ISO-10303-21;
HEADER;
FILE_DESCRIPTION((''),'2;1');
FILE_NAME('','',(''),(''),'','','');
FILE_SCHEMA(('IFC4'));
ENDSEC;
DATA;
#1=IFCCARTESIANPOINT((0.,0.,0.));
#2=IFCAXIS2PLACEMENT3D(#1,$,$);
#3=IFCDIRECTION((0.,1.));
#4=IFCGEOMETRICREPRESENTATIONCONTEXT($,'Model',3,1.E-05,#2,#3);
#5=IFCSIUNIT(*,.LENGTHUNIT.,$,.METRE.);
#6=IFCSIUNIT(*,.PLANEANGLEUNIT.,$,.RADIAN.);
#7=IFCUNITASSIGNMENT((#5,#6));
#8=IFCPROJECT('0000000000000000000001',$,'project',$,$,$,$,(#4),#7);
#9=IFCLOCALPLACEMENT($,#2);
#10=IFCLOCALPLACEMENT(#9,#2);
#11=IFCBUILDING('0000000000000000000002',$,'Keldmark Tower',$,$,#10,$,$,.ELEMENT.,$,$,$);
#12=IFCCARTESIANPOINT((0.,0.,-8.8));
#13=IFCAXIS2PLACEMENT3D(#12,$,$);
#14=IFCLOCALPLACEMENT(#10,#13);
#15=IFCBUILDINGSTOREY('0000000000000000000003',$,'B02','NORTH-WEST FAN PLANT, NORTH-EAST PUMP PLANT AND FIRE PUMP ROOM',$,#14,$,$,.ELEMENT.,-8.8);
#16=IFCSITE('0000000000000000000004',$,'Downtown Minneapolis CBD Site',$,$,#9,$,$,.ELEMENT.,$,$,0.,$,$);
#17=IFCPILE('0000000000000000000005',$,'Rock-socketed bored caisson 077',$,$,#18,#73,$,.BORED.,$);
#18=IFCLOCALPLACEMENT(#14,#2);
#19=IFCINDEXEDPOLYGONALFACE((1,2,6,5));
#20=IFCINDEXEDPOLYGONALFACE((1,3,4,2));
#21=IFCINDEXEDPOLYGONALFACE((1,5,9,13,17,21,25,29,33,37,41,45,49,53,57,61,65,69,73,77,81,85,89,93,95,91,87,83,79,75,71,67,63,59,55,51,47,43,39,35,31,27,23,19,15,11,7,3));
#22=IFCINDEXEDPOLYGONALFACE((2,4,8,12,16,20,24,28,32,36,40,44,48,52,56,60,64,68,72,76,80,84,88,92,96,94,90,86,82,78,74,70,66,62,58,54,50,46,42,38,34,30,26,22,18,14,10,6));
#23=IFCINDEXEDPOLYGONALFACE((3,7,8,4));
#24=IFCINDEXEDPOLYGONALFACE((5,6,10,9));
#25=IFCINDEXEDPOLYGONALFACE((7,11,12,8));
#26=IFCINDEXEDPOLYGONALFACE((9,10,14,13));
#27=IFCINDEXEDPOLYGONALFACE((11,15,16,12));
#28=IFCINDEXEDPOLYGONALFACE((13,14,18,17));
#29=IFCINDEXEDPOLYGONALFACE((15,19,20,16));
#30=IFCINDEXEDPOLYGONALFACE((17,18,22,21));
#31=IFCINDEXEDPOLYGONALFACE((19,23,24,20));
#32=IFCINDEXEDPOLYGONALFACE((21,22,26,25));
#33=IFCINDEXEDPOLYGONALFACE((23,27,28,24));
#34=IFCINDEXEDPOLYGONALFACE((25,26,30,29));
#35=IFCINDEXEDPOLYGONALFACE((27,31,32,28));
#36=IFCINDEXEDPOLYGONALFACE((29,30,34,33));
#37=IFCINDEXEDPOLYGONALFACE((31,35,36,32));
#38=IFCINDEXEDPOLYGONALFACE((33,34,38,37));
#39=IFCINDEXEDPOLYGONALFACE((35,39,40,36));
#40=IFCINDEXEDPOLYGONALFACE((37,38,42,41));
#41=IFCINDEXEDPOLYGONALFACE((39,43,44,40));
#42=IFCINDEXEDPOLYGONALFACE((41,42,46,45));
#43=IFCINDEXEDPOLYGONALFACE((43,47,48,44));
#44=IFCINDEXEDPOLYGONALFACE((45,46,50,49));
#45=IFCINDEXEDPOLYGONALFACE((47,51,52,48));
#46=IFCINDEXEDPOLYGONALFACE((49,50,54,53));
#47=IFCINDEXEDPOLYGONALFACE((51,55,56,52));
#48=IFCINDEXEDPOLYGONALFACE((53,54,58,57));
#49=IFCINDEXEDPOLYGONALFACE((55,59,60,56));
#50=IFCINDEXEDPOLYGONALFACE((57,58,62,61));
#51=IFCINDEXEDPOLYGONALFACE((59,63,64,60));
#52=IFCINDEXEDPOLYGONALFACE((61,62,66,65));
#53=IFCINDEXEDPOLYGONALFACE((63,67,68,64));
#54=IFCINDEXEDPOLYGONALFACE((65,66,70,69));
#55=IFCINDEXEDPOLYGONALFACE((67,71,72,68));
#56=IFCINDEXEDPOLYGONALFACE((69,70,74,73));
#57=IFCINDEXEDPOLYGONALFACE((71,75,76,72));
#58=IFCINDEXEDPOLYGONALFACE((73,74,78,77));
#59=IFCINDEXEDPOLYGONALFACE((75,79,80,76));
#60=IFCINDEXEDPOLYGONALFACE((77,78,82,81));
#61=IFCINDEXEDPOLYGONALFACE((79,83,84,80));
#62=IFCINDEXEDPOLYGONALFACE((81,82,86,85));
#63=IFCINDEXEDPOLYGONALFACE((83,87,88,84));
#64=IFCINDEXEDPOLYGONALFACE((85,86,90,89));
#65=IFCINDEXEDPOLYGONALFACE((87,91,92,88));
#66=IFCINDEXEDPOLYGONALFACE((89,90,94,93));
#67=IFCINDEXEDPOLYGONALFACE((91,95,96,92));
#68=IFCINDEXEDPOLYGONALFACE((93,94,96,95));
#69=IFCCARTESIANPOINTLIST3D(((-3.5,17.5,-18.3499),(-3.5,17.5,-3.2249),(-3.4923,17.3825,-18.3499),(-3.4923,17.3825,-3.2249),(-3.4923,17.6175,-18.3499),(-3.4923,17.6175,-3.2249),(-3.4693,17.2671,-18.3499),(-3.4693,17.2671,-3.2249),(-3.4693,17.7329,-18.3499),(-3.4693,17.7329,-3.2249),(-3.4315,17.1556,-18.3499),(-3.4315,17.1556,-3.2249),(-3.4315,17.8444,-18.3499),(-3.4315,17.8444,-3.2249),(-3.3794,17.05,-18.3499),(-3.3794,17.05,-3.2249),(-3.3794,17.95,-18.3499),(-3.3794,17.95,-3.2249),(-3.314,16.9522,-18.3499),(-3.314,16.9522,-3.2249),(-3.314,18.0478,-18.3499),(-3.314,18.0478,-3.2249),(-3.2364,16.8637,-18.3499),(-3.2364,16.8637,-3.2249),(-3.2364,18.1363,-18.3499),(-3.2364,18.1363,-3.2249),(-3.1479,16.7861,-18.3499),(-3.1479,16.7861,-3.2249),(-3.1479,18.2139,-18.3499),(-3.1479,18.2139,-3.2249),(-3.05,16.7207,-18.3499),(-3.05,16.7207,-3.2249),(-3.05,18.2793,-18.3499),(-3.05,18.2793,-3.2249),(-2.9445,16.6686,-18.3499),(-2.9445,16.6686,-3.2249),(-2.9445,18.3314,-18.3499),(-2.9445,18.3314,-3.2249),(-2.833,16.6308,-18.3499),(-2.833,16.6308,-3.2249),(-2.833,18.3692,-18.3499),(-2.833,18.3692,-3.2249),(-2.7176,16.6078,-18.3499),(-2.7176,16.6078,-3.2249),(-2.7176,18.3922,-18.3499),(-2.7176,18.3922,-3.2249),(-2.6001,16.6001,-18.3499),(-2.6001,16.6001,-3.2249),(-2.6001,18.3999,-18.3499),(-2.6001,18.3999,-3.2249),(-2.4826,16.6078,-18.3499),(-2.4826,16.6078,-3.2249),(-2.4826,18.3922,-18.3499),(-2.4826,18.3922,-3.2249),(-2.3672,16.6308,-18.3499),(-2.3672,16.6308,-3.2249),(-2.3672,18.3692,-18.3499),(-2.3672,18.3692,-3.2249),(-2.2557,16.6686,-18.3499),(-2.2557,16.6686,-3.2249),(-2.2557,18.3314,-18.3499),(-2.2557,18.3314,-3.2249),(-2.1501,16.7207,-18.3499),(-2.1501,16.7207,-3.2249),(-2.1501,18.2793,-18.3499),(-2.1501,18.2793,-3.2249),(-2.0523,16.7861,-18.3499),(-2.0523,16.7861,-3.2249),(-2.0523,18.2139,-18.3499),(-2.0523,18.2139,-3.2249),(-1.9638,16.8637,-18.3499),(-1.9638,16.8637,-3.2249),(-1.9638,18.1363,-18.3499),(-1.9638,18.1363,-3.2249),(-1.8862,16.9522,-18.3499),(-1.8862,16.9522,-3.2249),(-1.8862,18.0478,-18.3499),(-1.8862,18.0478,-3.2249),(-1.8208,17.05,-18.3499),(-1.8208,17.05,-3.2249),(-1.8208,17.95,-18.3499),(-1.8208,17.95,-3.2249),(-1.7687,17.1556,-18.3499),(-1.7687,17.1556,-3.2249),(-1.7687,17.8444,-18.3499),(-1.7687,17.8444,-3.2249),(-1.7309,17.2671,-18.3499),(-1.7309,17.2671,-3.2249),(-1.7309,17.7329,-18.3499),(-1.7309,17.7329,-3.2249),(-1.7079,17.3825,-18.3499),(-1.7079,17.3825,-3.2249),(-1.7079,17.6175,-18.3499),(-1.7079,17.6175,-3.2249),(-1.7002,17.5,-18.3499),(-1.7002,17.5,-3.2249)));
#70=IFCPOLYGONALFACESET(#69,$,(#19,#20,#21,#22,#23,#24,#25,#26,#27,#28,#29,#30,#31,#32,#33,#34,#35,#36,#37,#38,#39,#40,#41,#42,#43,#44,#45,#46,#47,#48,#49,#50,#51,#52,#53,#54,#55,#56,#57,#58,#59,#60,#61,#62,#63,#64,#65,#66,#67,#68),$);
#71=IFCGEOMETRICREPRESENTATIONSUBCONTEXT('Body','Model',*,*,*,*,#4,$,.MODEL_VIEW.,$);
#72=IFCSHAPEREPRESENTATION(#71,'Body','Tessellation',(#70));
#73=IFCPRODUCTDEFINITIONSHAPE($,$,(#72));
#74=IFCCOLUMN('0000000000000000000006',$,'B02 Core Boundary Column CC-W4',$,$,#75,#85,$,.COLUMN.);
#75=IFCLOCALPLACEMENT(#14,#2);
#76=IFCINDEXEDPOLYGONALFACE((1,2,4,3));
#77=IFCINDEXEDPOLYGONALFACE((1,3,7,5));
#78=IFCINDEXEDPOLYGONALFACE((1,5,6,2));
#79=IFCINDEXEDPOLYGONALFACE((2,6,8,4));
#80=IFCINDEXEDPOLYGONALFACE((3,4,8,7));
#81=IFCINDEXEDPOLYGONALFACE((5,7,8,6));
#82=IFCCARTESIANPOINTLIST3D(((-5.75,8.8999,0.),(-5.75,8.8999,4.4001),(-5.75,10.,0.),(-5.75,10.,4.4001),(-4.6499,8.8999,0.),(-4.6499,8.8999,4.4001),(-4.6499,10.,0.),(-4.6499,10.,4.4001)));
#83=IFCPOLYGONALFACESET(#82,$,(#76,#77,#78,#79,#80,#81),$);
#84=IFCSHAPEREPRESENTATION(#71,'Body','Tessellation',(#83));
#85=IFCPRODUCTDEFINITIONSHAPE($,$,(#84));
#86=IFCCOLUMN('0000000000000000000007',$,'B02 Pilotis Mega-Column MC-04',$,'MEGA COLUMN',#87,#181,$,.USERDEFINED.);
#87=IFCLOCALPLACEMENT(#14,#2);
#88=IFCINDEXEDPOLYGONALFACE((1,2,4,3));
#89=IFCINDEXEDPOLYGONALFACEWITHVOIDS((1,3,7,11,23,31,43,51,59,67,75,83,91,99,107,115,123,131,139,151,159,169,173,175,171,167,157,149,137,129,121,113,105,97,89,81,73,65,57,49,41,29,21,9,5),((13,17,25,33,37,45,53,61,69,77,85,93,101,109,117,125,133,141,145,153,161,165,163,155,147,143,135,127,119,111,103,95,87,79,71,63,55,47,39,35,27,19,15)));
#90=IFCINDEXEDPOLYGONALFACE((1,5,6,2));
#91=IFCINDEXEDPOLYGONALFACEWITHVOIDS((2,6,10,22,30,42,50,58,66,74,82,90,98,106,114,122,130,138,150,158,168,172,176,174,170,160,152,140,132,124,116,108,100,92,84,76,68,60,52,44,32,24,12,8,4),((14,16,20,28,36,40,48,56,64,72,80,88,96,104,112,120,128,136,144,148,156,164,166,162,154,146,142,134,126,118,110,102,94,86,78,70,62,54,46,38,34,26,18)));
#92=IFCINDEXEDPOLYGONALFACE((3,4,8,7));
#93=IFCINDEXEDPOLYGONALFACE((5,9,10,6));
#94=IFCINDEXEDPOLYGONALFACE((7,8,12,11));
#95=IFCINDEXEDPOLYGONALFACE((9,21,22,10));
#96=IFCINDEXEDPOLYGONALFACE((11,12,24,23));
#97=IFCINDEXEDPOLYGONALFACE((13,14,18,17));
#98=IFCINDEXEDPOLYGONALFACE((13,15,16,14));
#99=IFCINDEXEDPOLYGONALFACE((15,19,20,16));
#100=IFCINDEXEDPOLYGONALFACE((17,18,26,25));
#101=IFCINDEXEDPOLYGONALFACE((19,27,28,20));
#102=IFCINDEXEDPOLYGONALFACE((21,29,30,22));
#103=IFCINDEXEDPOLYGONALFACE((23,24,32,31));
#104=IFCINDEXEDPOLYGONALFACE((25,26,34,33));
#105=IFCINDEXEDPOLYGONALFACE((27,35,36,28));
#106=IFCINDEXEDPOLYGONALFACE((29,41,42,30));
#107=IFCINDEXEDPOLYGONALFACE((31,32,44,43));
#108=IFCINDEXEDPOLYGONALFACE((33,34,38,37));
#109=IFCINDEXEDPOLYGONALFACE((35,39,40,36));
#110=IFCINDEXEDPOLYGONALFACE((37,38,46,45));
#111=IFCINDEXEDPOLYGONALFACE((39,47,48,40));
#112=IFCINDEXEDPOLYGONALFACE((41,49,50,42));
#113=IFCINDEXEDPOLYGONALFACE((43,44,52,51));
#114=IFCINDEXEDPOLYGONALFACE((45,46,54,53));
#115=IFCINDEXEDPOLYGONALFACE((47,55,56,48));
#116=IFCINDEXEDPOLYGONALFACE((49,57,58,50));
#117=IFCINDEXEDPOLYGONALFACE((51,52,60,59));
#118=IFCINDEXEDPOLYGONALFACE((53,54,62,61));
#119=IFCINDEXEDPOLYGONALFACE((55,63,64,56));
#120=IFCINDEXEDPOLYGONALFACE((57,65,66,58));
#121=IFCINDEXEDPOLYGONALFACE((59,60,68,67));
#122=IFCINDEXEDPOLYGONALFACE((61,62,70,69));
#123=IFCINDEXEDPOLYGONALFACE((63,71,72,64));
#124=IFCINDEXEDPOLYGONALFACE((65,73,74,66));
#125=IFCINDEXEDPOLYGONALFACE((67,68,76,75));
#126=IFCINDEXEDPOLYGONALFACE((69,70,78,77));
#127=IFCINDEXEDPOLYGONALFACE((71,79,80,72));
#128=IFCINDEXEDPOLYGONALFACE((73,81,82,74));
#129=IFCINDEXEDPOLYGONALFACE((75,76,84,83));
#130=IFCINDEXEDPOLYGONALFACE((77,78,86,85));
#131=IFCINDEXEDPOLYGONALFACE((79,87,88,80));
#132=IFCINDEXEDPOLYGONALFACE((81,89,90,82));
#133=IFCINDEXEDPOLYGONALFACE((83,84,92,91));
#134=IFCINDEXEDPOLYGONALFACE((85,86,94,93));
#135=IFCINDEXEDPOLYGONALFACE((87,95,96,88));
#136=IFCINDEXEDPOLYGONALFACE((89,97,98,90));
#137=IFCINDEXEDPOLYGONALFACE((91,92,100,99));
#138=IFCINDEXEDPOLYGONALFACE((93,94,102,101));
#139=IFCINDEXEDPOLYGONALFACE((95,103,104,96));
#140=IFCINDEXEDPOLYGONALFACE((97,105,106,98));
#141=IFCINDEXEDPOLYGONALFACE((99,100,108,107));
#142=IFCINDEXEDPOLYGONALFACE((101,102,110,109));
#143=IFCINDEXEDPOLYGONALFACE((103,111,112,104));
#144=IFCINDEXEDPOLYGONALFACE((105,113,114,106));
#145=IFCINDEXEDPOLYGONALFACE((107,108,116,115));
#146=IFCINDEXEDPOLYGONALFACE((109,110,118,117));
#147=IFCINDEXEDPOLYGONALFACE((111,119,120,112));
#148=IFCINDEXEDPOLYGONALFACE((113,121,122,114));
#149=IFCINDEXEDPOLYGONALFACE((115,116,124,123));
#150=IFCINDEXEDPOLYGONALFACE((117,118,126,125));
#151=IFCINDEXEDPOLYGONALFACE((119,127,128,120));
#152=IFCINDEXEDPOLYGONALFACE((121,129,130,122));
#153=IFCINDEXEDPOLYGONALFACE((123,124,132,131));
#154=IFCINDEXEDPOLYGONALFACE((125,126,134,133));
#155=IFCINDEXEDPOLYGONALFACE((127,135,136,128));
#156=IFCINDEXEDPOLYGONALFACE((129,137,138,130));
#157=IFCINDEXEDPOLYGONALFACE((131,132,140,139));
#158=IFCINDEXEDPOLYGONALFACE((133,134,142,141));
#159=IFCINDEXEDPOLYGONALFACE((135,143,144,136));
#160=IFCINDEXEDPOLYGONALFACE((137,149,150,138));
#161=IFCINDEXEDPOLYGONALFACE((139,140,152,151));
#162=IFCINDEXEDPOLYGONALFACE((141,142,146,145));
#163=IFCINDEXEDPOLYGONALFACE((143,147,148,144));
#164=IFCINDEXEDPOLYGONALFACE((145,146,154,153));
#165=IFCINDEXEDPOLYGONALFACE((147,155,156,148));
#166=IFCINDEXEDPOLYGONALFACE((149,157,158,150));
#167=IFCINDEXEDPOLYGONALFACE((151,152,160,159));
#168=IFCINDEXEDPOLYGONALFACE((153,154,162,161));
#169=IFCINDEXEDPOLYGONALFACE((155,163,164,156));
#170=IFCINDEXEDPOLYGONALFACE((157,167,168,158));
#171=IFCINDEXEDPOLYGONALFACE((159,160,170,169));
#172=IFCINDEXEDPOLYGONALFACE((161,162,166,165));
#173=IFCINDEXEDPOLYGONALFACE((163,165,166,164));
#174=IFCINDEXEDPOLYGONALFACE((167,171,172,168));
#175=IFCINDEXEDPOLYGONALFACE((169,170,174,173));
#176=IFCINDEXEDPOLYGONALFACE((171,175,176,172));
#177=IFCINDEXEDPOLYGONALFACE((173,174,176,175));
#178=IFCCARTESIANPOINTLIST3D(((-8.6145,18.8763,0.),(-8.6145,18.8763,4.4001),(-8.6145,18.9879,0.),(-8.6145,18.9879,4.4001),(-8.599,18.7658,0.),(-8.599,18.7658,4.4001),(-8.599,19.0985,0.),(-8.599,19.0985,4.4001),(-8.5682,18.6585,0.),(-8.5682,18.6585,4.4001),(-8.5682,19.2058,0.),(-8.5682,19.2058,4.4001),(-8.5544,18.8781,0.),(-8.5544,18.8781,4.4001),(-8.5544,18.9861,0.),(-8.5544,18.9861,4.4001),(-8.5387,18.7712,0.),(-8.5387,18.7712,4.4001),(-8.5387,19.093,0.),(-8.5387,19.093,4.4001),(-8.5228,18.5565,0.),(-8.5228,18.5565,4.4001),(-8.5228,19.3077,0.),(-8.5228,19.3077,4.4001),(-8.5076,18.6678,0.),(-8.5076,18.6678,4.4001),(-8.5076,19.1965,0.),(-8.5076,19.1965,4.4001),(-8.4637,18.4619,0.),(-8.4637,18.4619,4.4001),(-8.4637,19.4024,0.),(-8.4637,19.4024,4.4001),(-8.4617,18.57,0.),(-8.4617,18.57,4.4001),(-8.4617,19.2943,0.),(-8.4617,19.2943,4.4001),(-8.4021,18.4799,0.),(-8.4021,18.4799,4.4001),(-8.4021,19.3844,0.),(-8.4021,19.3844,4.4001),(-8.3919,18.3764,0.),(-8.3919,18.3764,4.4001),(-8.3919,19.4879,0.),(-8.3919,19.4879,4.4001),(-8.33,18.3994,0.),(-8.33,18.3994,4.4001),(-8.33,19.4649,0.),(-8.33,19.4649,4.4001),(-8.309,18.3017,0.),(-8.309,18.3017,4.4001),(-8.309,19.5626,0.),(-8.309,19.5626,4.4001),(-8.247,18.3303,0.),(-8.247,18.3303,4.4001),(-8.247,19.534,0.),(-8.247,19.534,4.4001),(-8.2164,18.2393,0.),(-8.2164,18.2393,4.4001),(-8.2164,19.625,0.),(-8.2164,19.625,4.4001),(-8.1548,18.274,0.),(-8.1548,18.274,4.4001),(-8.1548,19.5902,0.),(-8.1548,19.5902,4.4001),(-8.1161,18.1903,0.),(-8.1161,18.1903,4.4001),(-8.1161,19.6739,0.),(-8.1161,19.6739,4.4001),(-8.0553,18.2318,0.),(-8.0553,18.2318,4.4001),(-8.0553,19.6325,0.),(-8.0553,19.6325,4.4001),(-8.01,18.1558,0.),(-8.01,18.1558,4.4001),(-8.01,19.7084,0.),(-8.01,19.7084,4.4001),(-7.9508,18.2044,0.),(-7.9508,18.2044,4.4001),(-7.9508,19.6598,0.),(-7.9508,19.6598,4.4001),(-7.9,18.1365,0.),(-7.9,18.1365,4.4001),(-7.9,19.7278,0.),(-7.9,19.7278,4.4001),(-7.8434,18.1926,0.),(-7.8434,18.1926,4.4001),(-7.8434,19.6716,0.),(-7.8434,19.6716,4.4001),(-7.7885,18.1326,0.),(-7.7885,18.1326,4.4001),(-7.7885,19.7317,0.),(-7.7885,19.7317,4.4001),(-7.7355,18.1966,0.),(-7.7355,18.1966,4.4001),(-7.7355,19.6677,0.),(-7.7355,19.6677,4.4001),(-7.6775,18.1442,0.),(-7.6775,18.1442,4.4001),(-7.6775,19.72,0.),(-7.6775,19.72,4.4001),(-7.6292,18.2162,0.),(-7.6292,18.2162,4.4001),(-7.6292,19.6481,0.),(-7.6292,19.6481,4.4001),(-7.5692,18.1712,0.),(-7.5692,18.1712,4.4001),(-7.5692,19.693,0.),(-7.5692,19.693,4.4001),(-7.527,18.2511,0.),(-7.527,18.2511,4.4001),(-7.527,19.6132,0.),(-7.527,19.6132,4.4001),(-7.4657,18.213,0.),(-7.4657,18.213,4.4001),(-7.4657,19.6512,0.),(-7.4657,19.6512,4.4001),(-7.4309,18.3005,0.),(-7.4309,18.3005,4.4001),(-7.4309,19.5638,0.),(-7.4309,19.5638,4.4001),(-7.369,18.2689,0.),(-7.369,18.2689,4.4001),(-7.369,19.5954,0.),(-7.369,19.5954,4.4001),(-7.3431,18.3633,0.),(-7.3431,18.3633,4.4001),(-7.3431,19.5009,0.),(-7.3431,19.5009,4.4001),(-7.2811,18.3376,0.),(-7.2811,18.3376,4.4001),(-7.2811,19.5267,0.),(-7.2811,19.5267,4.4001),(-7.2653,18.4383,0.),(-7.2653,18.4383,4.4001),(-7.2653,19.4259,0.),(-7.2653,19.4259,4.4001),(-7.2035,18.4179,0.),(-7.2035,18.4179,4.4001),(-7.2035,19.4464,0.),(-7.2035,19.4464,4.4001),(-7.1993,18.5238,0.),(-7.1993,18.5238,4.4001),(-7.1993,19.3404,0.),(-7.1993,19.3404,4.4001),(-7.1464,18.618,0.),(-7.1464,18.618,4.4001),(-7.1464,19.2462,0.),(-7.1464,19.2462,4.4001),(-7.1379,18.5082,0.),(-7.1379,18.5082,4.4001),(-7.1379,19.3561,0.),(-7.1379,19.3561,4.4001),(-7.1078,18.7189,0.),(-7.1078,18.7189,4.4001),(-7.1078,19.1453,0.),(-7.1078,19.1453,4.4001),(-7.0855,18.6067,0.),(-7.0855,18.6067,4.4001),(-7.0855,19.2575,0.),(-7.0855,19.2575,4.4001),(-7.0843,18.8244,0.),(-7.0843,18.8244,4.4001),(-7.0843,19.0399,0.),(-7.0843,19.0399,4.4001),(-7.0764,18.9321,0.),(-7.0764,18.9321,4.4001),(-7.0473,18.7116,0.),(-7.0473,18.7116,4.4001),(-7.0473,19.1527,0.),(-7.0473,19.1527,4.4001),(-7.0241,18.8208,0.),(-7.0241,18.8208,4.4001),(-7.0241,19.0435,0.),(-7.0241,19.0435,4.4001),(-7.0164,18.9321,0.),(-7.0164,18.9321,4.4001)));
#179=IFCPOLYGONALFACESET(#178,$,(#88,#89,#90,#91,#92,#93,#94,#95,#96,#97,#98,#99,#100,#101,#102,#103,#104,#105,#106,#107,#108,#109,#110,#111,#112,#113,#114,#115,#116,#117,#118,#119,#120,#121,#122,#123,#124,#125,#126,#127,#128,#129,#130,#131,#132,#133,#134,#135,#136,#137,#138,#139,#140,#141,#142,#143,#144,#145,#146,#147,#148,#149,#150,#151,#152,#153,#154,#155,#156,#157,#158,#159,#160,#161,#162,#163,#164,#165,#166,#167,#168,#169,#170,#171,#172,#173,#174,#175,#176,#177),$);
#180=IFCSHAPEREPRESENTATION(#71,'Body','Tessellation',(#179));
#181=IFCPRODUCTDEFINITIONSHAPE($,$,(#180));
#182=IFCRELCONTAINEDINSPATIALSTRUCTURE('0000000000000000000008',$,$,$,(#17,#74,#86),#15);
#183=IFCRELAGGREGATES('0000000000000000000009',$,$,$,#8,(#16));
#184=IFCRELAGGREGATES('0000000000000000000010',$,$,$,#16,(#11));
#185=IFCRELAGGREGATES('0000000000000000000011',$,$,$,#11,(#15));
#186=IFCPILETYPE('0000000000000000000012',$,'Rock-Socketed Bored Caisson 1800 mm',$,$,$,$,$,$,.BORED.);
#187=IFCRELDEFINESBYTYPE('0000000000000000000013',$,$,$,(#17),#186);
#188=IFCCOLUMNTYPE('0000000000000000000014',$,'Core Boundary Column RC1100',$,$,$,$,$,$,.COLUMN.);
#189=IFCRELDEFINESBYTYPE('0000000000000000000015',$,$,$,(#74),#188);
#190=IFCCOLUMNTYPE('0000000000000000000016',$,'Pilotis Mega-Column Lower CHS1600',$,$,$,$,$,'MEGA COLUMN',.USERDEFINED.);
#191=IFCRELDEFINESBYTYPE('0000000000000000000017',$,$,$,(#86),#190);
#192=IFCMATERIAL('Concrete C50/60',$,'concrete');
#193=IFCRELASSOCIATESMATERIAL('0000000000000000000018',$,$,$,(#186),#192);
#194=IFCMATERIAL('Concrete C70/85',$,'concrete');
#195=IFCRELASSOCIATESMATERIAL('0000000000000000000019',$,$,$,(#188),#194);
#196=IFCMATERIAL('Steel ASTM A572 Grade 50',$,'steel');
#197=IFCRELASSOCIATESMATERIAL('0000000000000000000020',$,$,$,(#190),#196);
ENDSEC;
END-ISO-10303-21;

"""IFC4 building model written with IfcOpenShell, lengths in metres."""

from ifc_helpers import new_model, si_unit, direction, frame, origin, origin_2d, place, context, subcontext, project, spatial, rectangle, circle, hollow_circle, extrude, material, material_profile, profile_set, type_object, element, save


model = new_model("IFC4")

# Units and contexts
model_context = context("Model", 3, precision=1e-05, world=origin(), true_north=direction((0.0, 1.0)))
body_context = subcontext(model_context, "Body", "Model", "MODEL_VIEW")
ifc_project = project(units=[si_unit("LENGTHUNIT", "METRE"), si_unit("PLANEANGLEUNIT", "RADIAN")], contexts=[model_context])

# Site, building, storey
site_placement = place(None, origin())
site = spatial("IfcSite", under=ifc_project, at=site_placement, Name="Downtown Minneapolis CBD Site", CompositionType="ELEMENT", RefElevation=0.0)
building_placement = place(site_placement, origin())
building = spatial("IfcBuilding", under=site, at=building_placement, Name="Keldmark Tower", CompositionType="ELEMENT")
storey_placement = place(building_placement, frame((0.0, 0.0, -8.8)))
storey = spatial("IfcBuildingStorey", under=building, at=storey_placement, Name="B02", Description="NORTH-WEST FAN PLANT, NORTH-EAST PUMP PLANT AND FIRE PUMP ROOM", CompositionType="ELEMENT", Elevation=-8.8)

# Pile
ifc_material_1 = material(Name="Concrete C50/60", Category="concrete")
ifc_material_profile_1 = material_profile(ifc_material_1, circle(Radius=0.8999, at=origin_2d()), Name="CAISSON1800")
ifc_profile_set_1 = profile_set([ifc_material_profile_1], Name="Concrete C50/60")
pile_type = type_object("IfcPileType", Name="Rock-Socketed Bored Caisson 1800 mm", PredefinedType="BORED", material=ifc_profile_set_1)
for number, where, z_axis, x_axis, name in (
    (1, (-2.6001, 17.5, -3.2249), (0.0, 0.0, -1.0), (1.0, 0.0, 0.0), "Rock-socketed bored caisson 077"),
):
    element("IfcPile", number, at=place(storey_placement, frame(where, z_axis=z_axis, x_axis=x_axis)), inside=storey, type_object=pile_type, Name=name, PredefinedType="BORED", context=body_context, shape_type="SweptSolid", body=[
        extrude(circle(Radius=0.8999, at=origin_2d()), origin(), (0.0, 0.0, 1.0), 15.125),
    ])

# Columns
ifc_material_2 = material(Name="Concrete C70/85", Category="concrete")
ifc_material_profile_2 = material_profile(ifc_material_2, rectangle(XDim=1.1001, YDim=1.1001, at=origin_2d()), Name="RC1100X1100")
ifc_profile_set_2 = profile_set([ifc_material_profile_2], Name="Concrete C70/85")
column_type_1 = type_object("IfcColumnType", Name="Core Boundary Column RC1100", PredefinedType="COLUMN", material=ifc_profile_set_2)
column_1_placement = place(storey_placement, frame((-5.2, 9.45, 0.0), z_axis=(0.0, 0.0, 1.0), x_axis=(1.0, 0.0, 0.0)))
element("IfcColumn", 2, at=column_1_placement, inside=storey, type_object=column_type_1, Name="B02 Core Boundary Column CC-W4", PredefinedType="COLUMN", context=body_context, shape_type="SweptSolid", body=[
    extrude(rectangle(XDim=1.1001, YDim=1.1001, at=origin_2d()), origin(), (0.0, 0.0, 1.0), 4.4001),
])
ifc_material_3 = material(Name="Steel ASTM A572 Grade 50", Category="steel")
ifc_material_profile_3 = material_profile(ifc_material_3, hollow_circle(Radius=0.8, WallThickness=0.0601, at=origin_2d()), Name="CHS1600X60")
ifc_profile_set_3 = profile_set([ifc_material_profile_3], Name="Steel ASTM A572 Grade 50")
column_type_2 = type_object("IfcColumnType", Name="Pilotis Mega-Column Lower CHS1600", ElementType="MEGA COLUMN", PredefinedType="USERDEFINED", material=ifc_profile_set_3)
column_2_placement = place(storey_placement, frame((-7.8164, 18.9321, 0.0), z_axis=(0.0, 0.0, 1.0), x_axis=(1.0, 0.0, 0.0)))
element("IfcColumn", 3, at=column_2_placement, inside=storey, type_object=column_type_2, Name="B02 Pilotis Mega-Column MC-04", ObjectType="MEGA COLUMN", PredefinedType="USERDEFINED", context=body_context, shape_type="SweptSolid", body=[
    extrude(hollow_circle(Radius=0.8, WallThickness=0.0601, at=origin_2d()), origin(), (0.0, 0.0, 1.0), 4.4001),
])

save(model, "model.ifc")
